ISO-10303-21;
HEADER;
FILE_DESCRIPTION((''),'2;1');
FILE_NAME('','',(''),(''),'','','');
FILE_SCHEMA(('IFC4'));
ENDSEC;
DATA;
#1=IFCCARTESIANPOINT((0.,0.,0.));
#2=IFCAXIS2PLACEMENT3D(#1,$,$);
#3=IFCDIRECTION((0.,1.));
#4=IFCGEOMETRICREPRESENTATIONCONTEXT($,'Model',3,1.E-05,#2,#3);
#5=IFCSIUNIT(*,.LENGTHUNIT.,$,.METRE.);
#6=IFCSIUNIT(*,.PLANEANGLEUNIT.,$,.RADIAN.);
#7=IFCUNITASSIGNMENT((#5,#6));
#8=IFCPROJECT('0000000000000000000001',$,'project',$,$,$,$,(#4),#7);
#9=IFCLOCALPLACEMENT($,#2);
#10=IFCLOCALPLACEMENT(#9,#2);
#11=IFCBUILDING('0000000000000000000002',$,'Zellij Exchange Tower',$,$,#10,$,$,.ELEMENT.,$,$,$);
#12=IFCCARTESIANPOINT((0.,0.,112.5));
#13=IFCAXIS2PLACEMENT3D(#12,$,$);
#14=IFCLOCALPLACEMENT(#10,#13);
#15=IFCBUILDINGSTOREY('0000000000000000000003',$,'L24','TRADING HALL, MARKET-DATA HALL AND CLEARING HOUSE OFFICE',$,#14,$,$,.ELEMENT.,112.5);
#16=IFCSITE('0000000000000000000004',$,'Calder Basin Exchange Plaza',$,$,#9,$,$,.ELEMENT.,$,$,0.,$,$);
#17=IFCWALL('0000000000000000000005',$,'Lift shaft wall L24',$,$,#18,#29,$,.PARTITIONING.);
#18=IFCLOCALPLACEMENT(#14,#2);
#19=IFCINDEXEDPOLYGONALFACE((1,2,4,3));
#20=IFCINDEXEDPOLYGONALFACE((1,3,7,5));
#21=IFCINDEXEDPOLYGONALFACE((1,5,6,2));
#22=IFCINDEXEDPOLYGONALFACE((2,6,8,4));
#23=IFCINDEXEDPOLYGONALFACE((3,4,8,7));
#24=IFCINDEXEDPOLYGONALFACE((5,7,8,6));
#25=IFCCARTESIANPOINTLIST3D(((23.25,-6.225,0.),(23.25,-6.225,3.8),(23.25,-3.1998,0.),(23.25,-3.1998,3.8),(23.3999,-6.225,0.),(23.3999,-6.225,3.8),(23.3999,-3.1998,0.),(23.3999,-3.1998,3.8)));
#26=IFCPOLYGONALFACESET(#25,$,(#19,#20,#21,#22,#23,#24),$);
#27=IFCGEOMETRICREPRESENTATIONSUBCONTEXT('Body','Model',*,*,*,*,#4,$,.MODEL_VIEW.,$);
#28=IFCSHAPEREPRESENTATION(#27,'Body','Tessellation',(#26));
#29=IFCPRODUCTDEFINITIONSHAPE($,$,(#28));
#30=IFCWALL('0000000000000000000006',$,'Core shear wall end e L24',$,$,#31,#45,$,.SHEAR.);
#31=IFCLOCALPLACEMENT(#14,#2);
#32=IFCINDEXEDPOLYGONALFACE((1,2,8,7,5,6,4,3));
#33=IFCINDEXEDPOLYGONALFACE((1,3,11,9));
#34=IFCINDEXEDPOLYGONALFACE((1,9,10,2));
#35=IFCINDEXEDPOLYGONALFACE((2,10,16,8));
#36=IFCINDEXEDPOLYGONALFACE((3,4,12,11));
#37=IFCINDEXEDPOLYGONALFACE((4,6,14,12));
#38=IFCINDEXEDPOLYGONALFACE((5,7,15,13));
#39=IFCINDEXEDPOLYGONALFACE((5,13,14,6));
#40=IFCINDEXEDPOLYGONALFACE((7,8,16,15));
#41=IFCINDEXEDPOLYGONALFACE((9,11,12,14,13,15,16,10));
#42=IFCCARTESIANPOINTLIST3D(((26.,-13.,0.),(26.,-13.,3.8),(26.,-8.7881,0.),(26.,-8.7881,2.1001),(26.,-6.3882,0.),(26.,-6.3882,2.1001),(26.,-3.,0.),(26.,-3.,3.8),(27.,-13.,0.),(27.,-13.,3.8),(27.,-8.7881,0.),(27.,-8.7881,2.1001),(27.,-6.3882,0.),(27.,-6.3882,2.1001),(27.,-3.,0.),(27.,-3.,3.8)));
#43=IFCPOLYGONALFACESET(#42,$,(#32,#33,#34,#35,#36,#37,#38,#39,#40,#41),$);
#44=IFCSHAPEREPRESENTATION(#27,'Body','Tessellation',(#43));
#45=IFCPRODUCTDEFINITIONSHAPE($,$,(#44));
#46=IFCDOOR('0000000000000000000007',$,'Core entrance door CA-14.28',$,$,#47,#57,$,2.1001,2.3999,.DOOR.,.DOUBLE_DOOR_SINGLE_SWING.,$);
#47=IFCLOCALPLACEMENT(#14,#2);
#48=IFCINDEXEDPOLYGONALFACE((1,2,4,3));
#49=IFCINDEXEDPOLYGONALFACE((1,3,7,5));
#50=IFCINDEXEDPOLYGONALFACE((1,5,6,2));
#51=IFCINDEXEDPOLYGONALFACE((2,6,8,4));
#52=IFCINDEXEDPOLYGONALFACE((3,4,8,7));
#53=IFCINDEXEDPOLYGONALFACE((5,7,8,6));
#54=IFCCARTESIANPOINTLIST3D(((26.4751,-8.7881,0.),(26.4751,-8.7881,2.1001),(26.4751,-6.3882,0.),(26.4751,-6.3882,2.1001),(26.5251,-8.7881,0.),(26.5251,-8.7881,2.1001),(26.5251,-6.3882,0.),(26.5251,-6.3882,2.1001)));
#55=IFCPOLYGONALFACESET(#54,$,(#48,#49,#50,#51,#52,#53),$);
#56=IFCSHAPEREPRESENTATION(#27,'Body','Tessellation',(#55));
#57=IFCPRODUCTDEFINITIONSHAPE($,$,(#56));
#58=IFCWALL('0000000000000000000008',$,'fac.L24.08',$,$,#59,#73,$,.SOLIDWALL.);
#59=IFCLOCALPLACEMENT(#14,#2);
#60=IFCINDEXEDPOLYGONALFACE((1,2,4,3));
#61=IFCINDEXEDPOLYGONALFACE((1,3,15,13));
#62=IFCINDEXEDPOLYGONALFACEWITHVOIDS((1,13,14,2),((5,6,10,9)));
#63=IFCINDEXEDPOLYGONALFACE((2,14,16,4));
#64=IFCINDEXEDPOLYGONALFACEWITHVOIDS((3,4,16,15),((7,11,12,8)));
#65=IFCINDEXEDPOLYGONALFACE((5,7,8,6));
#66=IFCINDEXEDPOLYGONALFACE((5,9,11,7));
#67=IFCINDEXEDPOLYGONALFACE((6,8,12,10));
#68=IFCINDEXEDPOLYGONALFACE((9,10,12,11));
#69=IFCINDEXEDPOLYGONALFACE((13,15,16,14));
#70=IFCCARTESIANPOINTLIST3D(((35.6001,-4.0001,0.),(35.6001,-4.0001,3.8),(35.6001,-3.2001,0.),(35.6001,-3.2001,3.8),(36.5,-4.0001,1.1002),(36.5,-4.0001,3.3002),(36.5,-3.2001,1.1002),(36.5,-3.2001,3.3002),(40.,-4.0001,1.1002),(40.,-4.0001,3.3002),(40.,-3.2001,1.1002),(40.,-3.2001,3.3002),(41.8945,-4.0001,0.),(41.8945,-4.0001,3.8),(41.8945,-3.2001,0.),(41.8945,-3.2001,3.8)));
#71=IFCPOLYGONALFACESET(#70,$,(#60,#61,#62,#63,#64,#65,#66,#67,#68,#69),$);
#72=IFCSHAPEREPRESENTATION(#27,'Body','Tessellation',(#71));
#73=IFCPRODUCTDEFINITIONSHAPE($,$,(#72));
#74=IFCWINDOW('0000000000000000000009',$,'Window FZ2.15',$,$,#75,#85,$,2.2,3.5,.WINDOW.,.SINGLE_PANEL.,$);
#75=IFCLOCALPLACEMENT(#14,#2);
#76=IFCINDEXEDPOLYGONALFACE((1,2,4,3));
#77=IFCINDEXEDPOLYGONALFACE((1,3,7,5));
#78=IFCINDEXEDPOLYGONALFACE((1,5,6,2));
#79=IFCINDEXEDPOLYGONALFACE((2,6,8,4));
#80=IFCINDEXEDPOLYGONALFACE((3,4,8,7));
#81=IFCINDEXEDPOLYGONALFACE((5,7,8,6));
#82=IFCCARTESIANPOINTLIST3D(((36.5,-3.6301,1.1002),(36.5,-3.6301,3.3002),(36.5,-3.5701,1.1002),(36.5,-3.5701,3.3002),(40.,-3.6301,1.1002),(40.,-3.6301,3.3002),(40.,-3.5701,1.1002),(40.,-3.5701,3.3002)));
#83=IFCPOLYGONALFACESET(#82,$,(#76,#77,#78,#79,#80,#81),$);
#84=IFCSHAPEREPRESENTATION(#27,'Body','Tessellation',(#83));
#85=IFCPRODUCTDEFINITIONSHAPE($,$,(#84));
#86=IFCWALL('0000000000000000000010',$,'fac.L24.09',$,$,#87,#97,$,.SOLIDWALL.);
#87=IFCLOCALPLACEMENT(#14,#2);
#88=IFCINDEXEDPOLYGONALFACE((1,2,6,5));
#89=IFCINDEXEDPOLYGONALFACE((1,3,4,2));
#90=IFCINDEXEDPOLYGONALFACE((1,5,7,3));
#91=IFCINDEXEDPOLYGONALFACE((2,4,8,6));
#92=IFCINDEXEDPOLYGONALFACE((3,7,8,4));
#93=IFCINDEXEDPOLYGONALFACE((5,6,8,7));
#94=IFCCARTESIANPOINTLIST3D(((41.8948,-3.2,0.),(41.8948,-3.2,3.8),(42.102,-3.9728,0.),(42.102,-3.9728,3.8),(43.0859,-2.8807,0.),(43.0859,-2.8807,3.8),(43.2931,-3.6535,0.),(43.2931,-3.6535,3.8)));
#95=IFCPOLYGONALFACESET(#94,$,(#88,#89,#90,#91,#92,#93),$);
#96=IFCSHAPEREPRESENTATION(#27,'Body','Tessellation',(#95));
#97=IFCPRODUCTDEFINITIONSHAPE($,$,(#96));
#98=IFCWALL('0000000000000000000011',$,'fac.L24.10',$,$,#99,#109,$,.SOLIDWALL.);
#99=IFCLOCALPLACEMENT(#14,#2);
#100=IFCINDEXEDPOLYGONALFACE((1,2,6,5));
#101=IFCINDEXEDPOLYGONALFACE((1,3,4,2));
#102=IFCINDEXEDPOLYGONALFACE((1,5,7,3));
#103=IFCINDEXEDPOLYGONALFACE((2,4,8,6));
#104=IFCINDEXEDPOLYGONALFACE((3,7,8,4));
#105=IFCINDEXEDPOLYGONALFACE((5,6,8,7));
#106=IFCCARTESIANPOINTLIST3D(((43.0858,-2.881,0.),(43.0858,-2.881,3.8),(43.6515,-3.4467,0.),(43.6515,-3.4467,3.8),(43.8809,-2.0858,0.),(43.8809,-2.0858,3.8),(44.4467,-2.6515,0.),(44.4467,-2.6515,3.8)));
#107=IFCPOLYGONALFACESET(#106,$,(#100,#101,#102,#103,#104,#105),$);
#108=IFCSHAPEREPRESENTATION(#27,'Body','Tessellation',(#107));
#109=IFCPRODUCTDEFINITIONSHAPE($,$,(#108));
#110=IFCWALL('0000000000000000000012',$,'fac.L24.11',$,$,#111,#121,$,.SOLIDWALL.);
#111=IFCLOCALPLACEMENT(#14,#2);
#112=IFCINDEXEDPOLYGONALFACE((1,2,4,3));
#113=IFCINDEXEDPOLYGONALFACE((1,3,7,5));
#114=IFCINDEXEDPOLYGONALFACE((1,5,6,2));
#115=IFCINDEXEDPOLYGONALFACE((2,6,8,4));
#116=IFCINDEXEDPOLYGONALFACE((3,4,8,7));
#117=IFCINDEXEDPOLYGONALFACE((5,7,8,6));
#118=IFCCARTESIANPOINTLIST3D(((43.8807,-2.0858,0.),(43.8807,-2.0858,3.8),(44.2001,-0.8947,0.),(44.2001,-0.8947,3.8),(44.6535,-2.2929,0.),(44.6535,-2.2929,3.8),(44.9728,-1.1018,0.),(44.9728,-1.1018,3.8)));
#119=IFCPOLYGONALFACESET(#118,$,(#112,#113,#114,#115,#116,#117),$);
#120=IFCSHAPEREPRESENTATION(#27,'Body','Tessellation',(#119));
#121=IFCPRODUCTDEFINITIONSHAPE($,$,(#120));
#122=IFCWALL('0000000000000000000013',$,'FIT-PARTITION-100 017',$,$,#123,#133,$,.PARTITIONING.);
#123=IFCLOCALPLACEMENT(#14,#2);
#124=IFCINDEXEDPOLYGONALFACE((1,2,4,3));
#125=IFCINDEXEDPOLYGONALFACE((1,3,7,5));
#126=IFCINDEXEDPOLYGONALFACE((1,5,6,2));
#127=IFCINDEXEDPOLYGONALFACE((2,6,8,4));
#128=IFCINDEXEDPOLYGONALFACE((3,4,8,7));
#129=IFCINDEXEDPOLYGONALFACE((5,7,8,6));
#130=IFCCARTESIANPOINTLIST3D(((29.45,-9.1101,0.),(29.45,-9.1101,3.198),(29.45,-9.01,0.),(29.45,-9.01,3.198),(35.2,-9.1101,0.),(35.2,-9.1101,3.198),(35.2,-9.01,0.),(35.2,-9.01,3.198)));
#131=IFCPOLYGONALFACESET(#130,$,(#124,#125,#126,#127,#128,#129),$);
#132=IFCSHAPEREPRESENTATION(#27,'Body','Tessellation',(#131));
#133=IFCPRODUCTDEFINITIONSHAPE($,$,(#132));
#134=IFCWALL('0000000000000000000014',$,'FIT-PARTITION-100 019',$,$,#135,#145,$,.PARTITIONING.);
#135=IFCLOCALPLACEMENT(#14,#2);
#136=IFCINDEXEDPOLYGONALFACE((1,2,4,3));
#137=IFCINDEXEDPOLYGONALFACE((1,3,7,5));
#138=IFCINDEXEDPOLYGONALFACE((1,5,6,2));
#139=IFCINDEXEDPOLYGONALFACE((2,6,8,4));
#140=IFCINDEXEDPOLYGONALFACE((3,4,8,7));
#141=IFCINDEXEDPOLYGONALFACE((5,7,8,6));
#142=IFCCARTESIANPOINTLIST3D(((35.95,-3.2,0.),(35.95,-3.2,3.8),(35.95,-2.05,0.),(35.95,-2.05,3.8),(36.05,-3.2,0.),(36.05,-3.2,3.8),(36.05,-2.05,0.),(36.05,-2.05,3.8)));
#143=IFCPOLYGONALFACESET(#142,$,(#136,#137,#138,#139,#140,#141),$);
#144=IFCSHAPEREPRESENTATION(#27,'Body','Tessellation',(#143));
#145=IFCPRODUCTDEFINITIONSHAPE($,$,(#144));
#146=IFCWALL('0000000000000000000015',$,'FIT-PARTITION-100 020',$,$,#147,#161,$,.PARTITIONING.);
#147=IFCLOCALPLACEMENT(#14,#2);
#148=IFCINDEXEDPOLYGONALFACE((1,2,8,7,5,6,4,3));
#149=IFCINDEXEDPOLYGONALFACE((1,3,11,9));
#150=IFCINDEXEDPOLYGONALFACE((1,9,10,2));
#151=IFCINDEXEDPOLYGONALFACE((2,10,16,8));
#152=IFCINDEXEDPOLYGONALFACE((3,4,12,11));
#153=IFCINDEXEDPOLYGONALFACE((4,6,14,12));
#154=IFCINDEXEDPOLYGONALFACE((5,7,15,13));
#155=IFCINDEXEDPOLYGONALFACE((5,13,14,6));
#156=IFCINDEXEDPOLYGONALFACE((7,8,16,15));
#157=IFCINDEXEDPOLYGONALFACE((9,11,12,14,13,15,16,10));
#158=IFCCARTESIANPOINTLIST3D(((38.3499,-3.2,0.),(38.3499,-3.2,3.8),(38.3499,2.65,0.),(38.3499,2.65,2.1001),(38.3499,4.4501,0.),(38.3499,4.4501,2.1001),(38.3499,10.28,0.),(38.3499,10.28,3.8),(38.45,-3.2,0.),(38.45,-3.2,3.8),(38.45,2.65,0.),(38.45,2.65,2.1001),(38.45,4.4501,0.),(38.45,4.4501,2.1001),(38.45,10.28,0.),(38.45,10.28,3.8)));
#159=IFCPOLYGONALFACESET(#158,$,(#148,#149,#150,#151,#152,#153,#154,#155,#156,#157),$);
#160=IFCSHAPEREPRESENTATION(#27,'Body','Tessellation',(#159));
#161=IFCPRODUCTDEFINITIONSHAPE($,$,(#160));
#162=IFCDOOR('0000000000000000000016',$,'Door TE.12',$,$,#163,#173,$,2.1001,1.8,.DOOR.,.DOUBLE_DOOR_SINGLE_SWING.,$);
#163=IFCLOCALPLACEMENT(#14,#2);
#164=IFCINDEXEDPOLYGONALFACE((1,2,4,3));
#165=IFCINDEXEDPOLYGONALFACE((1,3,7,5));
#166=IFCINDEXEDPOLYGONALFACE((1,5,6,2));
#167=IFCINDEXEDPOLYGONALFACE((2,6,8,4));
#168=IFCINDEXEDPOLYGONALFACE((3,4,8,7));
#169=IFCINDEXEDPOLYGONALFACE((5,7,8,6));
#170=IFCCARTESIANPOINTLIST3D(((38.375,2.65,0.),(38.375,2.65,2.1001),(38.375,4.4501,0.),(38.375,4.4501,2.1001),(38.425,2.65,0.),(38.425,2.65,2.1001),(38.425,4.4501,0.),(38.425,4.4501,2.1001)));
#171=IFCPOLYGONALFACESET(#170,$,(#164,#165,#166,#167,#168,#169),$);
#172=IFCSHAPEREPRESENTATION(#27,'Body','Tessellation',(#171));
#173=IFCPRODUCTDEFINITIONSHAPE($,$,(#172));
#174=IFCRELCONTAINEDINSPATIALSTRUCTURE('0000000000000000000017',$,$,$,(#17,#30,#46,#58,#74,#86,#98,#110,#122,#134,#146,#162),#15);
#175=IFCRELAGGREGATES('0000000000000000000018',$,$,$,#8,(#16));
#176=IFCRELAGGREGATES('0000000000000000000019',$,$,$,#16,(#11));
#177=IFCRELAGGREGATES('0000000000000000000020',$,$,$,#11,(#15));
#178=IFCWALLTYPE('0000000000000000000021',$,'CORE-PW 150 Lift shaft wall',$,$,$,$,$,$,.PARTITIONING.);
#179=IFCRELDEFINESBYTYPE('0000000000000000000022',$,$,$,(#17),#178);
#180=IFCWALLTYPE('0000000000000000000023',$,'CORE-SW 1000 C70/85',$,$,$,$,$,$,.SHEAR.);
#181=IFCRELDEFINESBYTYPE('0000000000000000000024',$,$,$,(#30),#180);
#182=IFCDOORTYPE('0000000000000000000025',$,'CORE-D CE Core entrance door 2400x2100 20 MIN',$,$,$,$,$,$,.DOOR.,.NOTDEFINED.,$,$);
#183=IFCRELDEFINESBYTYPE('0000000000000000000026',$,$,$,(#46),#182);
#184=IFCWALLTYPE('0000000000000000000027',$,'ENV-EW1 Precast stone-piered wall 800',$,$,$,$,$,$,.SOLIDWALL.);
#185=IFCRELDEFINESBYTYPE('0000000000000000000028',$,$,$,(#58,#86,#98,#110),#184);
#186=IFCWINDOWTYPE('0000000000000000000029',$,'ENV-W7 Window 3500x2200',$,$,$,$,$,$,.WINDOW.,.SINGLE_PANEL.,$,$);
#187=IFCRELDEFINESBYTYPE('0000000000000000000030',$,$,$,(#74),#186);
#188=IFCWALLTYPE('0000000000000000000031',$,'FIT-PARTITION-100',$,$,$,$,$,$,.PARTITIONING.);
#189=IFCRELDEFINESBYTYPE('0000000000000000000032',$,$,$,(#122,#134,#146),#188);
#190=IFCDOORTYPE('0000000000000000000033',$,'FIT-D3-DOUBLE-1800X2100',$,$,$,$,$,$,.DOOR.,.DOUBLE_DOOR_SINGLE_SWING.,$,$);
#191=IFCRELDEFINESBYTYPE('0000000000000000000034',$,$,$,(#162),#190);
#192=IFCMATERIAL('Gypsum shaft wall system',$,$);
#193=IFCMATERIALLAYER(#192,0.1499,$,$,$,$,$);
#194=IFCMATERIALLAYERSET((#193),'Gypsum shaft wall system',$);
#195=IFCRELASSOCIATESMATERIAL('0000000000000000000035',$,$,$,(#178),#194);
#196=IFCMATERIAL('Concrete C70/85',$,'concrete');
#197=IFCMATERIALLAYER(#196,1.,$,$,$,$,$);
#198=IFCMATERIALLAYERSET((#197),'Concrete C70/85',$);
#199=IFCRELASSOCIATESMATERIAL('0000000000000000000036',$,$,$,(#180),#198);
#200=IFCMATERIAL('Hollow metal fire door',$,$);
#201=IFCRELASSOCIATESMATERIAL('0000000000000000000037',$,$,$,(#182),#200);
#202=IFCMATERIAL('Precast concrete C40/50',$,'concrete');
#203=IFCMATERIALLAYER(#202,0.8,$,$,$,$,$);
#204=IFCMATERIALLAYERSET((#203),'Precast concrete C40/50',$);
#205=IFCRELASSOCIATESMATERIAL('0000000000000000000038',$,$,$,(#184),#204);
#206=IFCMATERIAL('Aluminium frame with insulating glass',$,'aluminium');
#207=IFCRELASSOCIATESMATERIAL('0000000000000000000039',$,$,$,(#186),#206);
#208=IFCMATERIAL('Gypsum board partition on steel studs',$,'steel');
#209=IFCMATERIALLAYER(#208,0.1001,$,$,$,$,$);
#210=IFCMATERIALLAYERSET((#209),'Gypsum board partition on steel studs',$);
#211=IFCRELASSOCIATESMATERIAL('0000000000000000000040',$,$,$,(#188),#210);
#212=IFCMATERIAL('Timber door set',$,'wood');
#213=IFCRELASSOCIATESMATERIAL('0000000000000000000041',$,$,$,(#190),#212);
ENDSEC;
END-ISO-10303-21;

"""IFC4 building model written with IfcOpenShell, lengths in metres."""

from ifc_helpers import new_model, si_unit, direction, frame, frame_2d, origin, place, context, subcontext, project, spatial, rectangle, extrude, material, layer, layer_set, type_object, element, fill, save


model = new_model("IFC4")

# Units and contexts
model_context = context("Model", 3, precision=1e-05, world=origin(), true_north=direction((0.0, 1.0)))
body_context = subcontext(model_context, "Body", "Model", "MODEL_VIEW")
ifc_project = project(units=[si_unit("LENGTHUNIT", "METRE"), si_unit("PLANEANGLEUNIT", "RADIAN")], contexts=[model_context])

# Site, building, storey
site_placement = place(None, origin())
site = spatial("IfcSite", under=ifc_project, at=site_placement, Name="Calder Basin Exchange Plaza", CompositionType="ELEMENT", RefElevation=0.0)
building_placement = place(site_placement, origin())
building = spatial("IfcBuilding", under=site, at=building_placement, Name="Zellij Exchange Tower", CompositionType="ELEMENT")
storey_placement = place(building_placement, frame((0.0, 0.0, 112.5)))
storey = spatial("IfcBuildingStorey", under=building, at=storey_placement, Name="L24", Description="TRADING HALL, MARKET-DATA HALL AND CLEARING HOUSE OFFICE", CompositionType="ELEMENT", Elevation=112.5)

# Shared definitions
ifc_material_1 = material(Name="Concrete C70/85", Category="concrete")

# Wall
ifc_material_2 = material(Name="Gypsum shaft wall system")
ifc_layer_1 = layer(ifc_material_2, 0.1499)
ifc_layer_set_1 = layer_set([ifc_layer_1], Name="Gypsum shaft wall system")
wall_type_1 = type_object("IfcWallType", Name="CORE-PW 150 Lift shaft wall", PredefinedType="PARTITIONING", material=ifc_layer_set_1)
wall_1_placement = place(storey_placement, frame((23.325, -6.2251, 0.0), z_axis=(0.0, 0.0, 1.0), x_axis=(0.0, 1.0, 0.0)))
element("IfcWall", 1, at=wall_1_placement, inside=storey, type_object=wall_type_1, Name="Lift shaft wall L24", PredefinedType="PARTITIONING", context=body_context, shape_type="SweptSolid", body=[
    extrude(rectangle(XDim=3.0251, YDim=0.1499, at=frame_2d((1.5127, 0.0))), origin(), (0.0, 0.0, 1.0), 3.8),
])

# Wall, opening, door
ifc_layer_2 = layer(ifc_material_1, 1.0)
ifc_layer_set_2 = layer_set([ifc_layer_2], Name="Concrete C70/85")
wall_type_2 = type_object("IfcWallType", Name="CORE-SW 1000 C70/85", PredefinedType="SHEAR", material=ifc_layer_set_2)
wall_2_placement = place(storey_placement, frame((26.5, -13.0, 0.0), z_axis=(0.0, 0.0, 1.0), x_axis=(0.0, 1.0, 0.0)))
wall_2 = element("IfcWall", 2, at=wall_2_placement, inside=storey, type_object=wall_type_2, Name="Core shear wall end e L24", PredefinedType="SHEAR", context=body_context, shape_type="SweptSolid", body=[
    extrude(rectangle(XDim=10.0, YDim=1.0, at=frame_2d((5.0, 0.0))), origin(), (0.0, 0.0, 1.0), 3.8),
])
opening_1_placement = place(wall_2_placement, frame((4.2119, 0.0, 0.0)))
opening_1 = element("IfcOpeningElement", 3, at=opening_1_placement, cuts=wall_2, PredefinedType="OPENING", context=body_context, shape_type="SweptSolid", body=[
    extrude(rectangle(XDim=2.3999, YDim=2.1001, at=frame_2d((1.2, 1.05))), frame((0.0, 0.512, 0.0), z_axis=(0.0, -1.0, 0.0), x_axis=(1.0, 0.0, 0.0)), (0.0, 0.0, 1.0), 1.0239),
])
ifc_material_3 = material(Name="Hollow metal fire door")
door_type_1 = type_object("IfcDoorType", Name="CORE-D CE Core entrance door 2400x2100 20 MIN", OperationType="NOTDEFINED", PredefinedType="DOOR", material=ifc_material_3)
door_1_placement = place(opening_1_placement, origin())
door_1 = element("IfcDoor", 4, at=door_1_placement, inside=storey, type_object=door_type_1, Name="Core entrance door CA-14.28", OperationType="DOUBLE_DOOR_SINGLE_SWING", OverallHeight=2.1001, OverallWidth=2.3999, PredefinedType="DOOR", context=body_context, shape_type="SweptSolid", body=[
    extrude(rectangle(XDim=2.3999, YDim=2.1001, at=frame_2d((1.2, 1.05))), frame((0.0, 0.0249, 0.0), z_axis=(0.0, -1.0, 0.0), x_axis=(1.0, 0.0, 0.0)), (0.0, 0.0, 1.0), 0.05),
])
fill(opening_1, door_1)

# Wall, opening, window
ifc_material_4 = material(Name="Precast concrete C40/50", Category="concrete")
ifc_layer_3 = layer(ifc_material_4, 0.8)
ifc_layer_set_3 = layer_set([ifc_layer_3], Name="Precast concrete C40/50")
wall_type_3 = type_object("IfcWallType", Name="ENV-EW1 Precast stone-piered wall 800", PredefinedType="SOLIDWALL", material=ifc_layer_set_3)
wall_3_placement = place(storey_placement, frame((35.6001, -3.6001, 0.0), z_axis=(0.0, 0.0, 1.0), x_axis=(1.0, 0.0, 0.0)))
wall_3 = element("IfcWall", 5, at=wall_3_placement, inside=storey, type_object=wall_type_3, Name="fac.L24.08", PredefinedType="SOLIDWALL", context=body_context, shape_type="SweptSolid", body=[
    extrude(rectangle(XDim=6.2944, YDim=0.8, at=frame_2d((3.1472, 0.0))), origin(), (0.0, 0.0, 1.0), 3.8),
])
opening_2_placement = place(wall_3_placement, frame((0.8999, 0.0, 1.1001)))
opening_2 = element("IfcOpeningElement", 6, at=opening_2_placement, cuts=wall_3, PredefinedType="OPENING", context=body_context, shape_type="SweptSolid", body=[
    extrude(rectangle(XDim=3.5, YDim=2.2, at=frame_2d((1.75, 1.1001))), frame((0.0, 0.4121, 0.0), z_axis=(0.0, -1.0, 0.0), x_axis=(1.0, 0.0, 0.0)), (0.0, 0.0, 1.0), 0.824),
])
ifc_material_5 = material(Name="Aluminium frame with insulating glass", Category="aluminium")
window_type = type_object("IfcWindowType", Name="ENV-W7 Window 3500x2200", PartitioningType="SINGLE_PANEL", PredefinedType="WINDOW", material=ifc_material_5)
window_placement = place(opening_2_placement, origin())
window = element("IfcWindow", 7, at=window_placement, inside=storey, type_object=window_type, Name="Window FZ2.15", OverallHeight=2.2, OverallWidth=3.5, PartitioningType="SINGLE_PANEL", PredefinedType="WINDOW", context=body_context, shape_type="SweptSolid", body=[
    extrude(rectangle(XDim=3.5, YDim=2.2, at=frame_2d((1.75, 1.1001))), frame((0.0, 0.03, 0.0), z_axis=(0.0, -1.0, 0.0), x_axis=(1.0, 0.0, 0.0)), (0.0, 0.0, 1.0), 0.0601),
])
fill(opening_2, window)

# Walls
wall_4_placement = place(storey_placement, frame((41.9983, -3.5864, 0.0), z_axis=(0.0, 0.0, 1.0), x_axis=(0.965892, 0.258944, 0.0)))
element("IfcWall", 8, at=wall_4_placement, inside=storey, type_object=wall_type_3, Name="fac.L24.09", PredefinedType="SOLIDWALL", context=body_context, shape_type="SweptSolid", body=[
    extrude(rectangle(XDim=1.2332, YDim=0.8, at=frame_2d((0.6167, 0.0))), origin(), (0.0, 0.0, 1.0), 3.8),
])
wall_5_placement = place(storey_placement, frame((43.3687, -3.1638, 0.0), z_axis=(0.0, 0.0, 1.0), x_axis=(0.707107, 0.707107, 0.0)))
element("IfcWall", 9, at=wall_5_placement, inside=storey, type_object=wall_type_3, Name="fac.L24.10", PredefinedType="SOLIDWALL", context=body_context, shape_type="SweptSolid", body=[
    extrude(rectangle(XDim=1.1245, YDim=0.8, at=frame_2d((0.5623, 0.0))), origin(), (0.0, 0.0, 1.0), 3.8),
])
wall_6_placement = place(storey_placement, frame((44.2671, -2.1895, 0.0), z_axis=(0.0, 0.0, 1.0), x_axis=(0.258944, 0.965892, 0.0)))
element("IfcWall", 10, at=wall_6_placement, inside=storey, type_object=wall_type_3, Name="fac.L24.11", PredefinedType="SOLIDWALL", context=body_context, shape_type="SweptSolid", body=[
    extrude(rectangle(XDim=1.2332, YDim=0.8, at=frame_2d((0.6167, 0.0))), origin(), (0.0, 0.0, 1.0), 3.8),
])
ifc_material_6 = material(Name="Gypsum board partition on steel studs", Category="steel")
ifc_layer_4 = layer(ifc_material_6, 0.1001)
ifc_layer_set_4 = layer_set([ifc_layer_4], Name="Gypsum board partition on steel studs")
wall_type_4 = type_object("IfcWallType", Name="FIT-PARTITION-100", PredefinedType="PARTITIONING", material=ifc_layer_set_4)
wall_7_placement = place(storey_placement, frame((29.45, -9.0601, 0.0), z_axis=(0.0, 0.0, 1.0), x_axis=(1.0, 0.0, 0.0)))
element("IfcWall", 11, at=wall_7_placement, inside=storey, type_object=wall_type_4, Name="FIT-PARTITION-100 017", PredefinedType="PARTITIONING", context=body_context, shape_type="SweptSolid", body=[
    extrude(rectangle(XDim=5.75, YDim=0.1001, at=frame_2d((2.875, 0.0))), origin(), (0.0, 0.0, 1.0), 3.198),
])
wall_8_placement = place(storey_placement, frame((36.0, -3.2, 0.0), z_axis=(0.0, 0.0, 1.0), x_axis=(0.0, 1.0, 0.0)))
element("IfcWall", 12, at=wall_8_placement, inside=storey, type_object=wall_type_4, Name="FIT-PARTITION-100 019", PredefinedType="PARTITIONING", context=body_context, shape_type="SweptSolid", body=[
    extrude(rectangle(XDim=1.1499, YDim=0.1001, at=frame_2d((0.575, 0.0))), origin(), (0.0, 0.0, 1.0), 3.8),
])

# Wall, opening, door
wall_9_placement = place(storey_placement, frame((38.3999, -3.2, 0.0), z_axis=(0.0, 0.0, 1.0), x_axis=(0.0, 1.0, 0.0)))
wall_9 = element("IfcWall", 13, at=wall_9_placement, inside=storey, type_object=wall_type_4, Name="FIT-PARTITION-100 020", PredefinedType="PARTITIONING", context=body_context, shape_type="SweptSolid", body=[
    extrude(rectangle(XDim=13.48, YDim=0.1001, at=frame_2d((6.74, 0.0))), origin(), (0.0, 0.0, 1.0), 3.8),
])
opening_3_placement = place(wall_9_placement, frame((5.8501, 0.0, 0.0)))
opening_3 = element("IfcOpeningElement", 14, at=opening_3_placement, cuts=wall_9, PredefinedType="OPENING", context=body_context, shape_type="SweptSolid", body=[
    extrude(rectangle(XDim=1.8, YDim=2.1001, at=frame_2d((0.8999, 1.05))), frame((0.0, 0.062, 0.0), z_axis=(0.0, -1.0, 0.0), x_axis=(1.0, 0.0, 0.0)), (0.0, 0.0, 1.0), 0.124),
])
ifc_material_7 = material(Name="Timber door set", Category="wood")
door_type_2 = type_object("IfcDoorType", Name="FIT-D3-DOUBLE-1800X2100", OperationType="DOUBLE_DOOR_SINGLE_SWING", PredefinedType="DOOR", material=ifc_material_7)
door_2_placement = place(opening_3_placement, origin())
door_2 = element("IfcDoor", 15, at=door_2_placement, inside=storey, type_object=door_type_2, Name="Door TE.12", OperationType="DOUBLE_DOOR_SINGLE_SWING", OverallHeight=2.1001, OverallWidth=1.8, PredefinedType="DOOR", context=body_context, shape_type="SweptSolid", body=[
    extrude(rectangle(XDim=1.8, YDim=2.1001, at=frame_2d((0.8999, 1.05))), frame((0.0, 0.0249, 0.0), z_axis=(0.0, -1.0, 0.0), x_axis=(1.0, 0.0, 0.0)), (0.0, 0.0, 1.0), 0.05),
])
fill(opening_3, door_2)

save(model, "model.ifc")
